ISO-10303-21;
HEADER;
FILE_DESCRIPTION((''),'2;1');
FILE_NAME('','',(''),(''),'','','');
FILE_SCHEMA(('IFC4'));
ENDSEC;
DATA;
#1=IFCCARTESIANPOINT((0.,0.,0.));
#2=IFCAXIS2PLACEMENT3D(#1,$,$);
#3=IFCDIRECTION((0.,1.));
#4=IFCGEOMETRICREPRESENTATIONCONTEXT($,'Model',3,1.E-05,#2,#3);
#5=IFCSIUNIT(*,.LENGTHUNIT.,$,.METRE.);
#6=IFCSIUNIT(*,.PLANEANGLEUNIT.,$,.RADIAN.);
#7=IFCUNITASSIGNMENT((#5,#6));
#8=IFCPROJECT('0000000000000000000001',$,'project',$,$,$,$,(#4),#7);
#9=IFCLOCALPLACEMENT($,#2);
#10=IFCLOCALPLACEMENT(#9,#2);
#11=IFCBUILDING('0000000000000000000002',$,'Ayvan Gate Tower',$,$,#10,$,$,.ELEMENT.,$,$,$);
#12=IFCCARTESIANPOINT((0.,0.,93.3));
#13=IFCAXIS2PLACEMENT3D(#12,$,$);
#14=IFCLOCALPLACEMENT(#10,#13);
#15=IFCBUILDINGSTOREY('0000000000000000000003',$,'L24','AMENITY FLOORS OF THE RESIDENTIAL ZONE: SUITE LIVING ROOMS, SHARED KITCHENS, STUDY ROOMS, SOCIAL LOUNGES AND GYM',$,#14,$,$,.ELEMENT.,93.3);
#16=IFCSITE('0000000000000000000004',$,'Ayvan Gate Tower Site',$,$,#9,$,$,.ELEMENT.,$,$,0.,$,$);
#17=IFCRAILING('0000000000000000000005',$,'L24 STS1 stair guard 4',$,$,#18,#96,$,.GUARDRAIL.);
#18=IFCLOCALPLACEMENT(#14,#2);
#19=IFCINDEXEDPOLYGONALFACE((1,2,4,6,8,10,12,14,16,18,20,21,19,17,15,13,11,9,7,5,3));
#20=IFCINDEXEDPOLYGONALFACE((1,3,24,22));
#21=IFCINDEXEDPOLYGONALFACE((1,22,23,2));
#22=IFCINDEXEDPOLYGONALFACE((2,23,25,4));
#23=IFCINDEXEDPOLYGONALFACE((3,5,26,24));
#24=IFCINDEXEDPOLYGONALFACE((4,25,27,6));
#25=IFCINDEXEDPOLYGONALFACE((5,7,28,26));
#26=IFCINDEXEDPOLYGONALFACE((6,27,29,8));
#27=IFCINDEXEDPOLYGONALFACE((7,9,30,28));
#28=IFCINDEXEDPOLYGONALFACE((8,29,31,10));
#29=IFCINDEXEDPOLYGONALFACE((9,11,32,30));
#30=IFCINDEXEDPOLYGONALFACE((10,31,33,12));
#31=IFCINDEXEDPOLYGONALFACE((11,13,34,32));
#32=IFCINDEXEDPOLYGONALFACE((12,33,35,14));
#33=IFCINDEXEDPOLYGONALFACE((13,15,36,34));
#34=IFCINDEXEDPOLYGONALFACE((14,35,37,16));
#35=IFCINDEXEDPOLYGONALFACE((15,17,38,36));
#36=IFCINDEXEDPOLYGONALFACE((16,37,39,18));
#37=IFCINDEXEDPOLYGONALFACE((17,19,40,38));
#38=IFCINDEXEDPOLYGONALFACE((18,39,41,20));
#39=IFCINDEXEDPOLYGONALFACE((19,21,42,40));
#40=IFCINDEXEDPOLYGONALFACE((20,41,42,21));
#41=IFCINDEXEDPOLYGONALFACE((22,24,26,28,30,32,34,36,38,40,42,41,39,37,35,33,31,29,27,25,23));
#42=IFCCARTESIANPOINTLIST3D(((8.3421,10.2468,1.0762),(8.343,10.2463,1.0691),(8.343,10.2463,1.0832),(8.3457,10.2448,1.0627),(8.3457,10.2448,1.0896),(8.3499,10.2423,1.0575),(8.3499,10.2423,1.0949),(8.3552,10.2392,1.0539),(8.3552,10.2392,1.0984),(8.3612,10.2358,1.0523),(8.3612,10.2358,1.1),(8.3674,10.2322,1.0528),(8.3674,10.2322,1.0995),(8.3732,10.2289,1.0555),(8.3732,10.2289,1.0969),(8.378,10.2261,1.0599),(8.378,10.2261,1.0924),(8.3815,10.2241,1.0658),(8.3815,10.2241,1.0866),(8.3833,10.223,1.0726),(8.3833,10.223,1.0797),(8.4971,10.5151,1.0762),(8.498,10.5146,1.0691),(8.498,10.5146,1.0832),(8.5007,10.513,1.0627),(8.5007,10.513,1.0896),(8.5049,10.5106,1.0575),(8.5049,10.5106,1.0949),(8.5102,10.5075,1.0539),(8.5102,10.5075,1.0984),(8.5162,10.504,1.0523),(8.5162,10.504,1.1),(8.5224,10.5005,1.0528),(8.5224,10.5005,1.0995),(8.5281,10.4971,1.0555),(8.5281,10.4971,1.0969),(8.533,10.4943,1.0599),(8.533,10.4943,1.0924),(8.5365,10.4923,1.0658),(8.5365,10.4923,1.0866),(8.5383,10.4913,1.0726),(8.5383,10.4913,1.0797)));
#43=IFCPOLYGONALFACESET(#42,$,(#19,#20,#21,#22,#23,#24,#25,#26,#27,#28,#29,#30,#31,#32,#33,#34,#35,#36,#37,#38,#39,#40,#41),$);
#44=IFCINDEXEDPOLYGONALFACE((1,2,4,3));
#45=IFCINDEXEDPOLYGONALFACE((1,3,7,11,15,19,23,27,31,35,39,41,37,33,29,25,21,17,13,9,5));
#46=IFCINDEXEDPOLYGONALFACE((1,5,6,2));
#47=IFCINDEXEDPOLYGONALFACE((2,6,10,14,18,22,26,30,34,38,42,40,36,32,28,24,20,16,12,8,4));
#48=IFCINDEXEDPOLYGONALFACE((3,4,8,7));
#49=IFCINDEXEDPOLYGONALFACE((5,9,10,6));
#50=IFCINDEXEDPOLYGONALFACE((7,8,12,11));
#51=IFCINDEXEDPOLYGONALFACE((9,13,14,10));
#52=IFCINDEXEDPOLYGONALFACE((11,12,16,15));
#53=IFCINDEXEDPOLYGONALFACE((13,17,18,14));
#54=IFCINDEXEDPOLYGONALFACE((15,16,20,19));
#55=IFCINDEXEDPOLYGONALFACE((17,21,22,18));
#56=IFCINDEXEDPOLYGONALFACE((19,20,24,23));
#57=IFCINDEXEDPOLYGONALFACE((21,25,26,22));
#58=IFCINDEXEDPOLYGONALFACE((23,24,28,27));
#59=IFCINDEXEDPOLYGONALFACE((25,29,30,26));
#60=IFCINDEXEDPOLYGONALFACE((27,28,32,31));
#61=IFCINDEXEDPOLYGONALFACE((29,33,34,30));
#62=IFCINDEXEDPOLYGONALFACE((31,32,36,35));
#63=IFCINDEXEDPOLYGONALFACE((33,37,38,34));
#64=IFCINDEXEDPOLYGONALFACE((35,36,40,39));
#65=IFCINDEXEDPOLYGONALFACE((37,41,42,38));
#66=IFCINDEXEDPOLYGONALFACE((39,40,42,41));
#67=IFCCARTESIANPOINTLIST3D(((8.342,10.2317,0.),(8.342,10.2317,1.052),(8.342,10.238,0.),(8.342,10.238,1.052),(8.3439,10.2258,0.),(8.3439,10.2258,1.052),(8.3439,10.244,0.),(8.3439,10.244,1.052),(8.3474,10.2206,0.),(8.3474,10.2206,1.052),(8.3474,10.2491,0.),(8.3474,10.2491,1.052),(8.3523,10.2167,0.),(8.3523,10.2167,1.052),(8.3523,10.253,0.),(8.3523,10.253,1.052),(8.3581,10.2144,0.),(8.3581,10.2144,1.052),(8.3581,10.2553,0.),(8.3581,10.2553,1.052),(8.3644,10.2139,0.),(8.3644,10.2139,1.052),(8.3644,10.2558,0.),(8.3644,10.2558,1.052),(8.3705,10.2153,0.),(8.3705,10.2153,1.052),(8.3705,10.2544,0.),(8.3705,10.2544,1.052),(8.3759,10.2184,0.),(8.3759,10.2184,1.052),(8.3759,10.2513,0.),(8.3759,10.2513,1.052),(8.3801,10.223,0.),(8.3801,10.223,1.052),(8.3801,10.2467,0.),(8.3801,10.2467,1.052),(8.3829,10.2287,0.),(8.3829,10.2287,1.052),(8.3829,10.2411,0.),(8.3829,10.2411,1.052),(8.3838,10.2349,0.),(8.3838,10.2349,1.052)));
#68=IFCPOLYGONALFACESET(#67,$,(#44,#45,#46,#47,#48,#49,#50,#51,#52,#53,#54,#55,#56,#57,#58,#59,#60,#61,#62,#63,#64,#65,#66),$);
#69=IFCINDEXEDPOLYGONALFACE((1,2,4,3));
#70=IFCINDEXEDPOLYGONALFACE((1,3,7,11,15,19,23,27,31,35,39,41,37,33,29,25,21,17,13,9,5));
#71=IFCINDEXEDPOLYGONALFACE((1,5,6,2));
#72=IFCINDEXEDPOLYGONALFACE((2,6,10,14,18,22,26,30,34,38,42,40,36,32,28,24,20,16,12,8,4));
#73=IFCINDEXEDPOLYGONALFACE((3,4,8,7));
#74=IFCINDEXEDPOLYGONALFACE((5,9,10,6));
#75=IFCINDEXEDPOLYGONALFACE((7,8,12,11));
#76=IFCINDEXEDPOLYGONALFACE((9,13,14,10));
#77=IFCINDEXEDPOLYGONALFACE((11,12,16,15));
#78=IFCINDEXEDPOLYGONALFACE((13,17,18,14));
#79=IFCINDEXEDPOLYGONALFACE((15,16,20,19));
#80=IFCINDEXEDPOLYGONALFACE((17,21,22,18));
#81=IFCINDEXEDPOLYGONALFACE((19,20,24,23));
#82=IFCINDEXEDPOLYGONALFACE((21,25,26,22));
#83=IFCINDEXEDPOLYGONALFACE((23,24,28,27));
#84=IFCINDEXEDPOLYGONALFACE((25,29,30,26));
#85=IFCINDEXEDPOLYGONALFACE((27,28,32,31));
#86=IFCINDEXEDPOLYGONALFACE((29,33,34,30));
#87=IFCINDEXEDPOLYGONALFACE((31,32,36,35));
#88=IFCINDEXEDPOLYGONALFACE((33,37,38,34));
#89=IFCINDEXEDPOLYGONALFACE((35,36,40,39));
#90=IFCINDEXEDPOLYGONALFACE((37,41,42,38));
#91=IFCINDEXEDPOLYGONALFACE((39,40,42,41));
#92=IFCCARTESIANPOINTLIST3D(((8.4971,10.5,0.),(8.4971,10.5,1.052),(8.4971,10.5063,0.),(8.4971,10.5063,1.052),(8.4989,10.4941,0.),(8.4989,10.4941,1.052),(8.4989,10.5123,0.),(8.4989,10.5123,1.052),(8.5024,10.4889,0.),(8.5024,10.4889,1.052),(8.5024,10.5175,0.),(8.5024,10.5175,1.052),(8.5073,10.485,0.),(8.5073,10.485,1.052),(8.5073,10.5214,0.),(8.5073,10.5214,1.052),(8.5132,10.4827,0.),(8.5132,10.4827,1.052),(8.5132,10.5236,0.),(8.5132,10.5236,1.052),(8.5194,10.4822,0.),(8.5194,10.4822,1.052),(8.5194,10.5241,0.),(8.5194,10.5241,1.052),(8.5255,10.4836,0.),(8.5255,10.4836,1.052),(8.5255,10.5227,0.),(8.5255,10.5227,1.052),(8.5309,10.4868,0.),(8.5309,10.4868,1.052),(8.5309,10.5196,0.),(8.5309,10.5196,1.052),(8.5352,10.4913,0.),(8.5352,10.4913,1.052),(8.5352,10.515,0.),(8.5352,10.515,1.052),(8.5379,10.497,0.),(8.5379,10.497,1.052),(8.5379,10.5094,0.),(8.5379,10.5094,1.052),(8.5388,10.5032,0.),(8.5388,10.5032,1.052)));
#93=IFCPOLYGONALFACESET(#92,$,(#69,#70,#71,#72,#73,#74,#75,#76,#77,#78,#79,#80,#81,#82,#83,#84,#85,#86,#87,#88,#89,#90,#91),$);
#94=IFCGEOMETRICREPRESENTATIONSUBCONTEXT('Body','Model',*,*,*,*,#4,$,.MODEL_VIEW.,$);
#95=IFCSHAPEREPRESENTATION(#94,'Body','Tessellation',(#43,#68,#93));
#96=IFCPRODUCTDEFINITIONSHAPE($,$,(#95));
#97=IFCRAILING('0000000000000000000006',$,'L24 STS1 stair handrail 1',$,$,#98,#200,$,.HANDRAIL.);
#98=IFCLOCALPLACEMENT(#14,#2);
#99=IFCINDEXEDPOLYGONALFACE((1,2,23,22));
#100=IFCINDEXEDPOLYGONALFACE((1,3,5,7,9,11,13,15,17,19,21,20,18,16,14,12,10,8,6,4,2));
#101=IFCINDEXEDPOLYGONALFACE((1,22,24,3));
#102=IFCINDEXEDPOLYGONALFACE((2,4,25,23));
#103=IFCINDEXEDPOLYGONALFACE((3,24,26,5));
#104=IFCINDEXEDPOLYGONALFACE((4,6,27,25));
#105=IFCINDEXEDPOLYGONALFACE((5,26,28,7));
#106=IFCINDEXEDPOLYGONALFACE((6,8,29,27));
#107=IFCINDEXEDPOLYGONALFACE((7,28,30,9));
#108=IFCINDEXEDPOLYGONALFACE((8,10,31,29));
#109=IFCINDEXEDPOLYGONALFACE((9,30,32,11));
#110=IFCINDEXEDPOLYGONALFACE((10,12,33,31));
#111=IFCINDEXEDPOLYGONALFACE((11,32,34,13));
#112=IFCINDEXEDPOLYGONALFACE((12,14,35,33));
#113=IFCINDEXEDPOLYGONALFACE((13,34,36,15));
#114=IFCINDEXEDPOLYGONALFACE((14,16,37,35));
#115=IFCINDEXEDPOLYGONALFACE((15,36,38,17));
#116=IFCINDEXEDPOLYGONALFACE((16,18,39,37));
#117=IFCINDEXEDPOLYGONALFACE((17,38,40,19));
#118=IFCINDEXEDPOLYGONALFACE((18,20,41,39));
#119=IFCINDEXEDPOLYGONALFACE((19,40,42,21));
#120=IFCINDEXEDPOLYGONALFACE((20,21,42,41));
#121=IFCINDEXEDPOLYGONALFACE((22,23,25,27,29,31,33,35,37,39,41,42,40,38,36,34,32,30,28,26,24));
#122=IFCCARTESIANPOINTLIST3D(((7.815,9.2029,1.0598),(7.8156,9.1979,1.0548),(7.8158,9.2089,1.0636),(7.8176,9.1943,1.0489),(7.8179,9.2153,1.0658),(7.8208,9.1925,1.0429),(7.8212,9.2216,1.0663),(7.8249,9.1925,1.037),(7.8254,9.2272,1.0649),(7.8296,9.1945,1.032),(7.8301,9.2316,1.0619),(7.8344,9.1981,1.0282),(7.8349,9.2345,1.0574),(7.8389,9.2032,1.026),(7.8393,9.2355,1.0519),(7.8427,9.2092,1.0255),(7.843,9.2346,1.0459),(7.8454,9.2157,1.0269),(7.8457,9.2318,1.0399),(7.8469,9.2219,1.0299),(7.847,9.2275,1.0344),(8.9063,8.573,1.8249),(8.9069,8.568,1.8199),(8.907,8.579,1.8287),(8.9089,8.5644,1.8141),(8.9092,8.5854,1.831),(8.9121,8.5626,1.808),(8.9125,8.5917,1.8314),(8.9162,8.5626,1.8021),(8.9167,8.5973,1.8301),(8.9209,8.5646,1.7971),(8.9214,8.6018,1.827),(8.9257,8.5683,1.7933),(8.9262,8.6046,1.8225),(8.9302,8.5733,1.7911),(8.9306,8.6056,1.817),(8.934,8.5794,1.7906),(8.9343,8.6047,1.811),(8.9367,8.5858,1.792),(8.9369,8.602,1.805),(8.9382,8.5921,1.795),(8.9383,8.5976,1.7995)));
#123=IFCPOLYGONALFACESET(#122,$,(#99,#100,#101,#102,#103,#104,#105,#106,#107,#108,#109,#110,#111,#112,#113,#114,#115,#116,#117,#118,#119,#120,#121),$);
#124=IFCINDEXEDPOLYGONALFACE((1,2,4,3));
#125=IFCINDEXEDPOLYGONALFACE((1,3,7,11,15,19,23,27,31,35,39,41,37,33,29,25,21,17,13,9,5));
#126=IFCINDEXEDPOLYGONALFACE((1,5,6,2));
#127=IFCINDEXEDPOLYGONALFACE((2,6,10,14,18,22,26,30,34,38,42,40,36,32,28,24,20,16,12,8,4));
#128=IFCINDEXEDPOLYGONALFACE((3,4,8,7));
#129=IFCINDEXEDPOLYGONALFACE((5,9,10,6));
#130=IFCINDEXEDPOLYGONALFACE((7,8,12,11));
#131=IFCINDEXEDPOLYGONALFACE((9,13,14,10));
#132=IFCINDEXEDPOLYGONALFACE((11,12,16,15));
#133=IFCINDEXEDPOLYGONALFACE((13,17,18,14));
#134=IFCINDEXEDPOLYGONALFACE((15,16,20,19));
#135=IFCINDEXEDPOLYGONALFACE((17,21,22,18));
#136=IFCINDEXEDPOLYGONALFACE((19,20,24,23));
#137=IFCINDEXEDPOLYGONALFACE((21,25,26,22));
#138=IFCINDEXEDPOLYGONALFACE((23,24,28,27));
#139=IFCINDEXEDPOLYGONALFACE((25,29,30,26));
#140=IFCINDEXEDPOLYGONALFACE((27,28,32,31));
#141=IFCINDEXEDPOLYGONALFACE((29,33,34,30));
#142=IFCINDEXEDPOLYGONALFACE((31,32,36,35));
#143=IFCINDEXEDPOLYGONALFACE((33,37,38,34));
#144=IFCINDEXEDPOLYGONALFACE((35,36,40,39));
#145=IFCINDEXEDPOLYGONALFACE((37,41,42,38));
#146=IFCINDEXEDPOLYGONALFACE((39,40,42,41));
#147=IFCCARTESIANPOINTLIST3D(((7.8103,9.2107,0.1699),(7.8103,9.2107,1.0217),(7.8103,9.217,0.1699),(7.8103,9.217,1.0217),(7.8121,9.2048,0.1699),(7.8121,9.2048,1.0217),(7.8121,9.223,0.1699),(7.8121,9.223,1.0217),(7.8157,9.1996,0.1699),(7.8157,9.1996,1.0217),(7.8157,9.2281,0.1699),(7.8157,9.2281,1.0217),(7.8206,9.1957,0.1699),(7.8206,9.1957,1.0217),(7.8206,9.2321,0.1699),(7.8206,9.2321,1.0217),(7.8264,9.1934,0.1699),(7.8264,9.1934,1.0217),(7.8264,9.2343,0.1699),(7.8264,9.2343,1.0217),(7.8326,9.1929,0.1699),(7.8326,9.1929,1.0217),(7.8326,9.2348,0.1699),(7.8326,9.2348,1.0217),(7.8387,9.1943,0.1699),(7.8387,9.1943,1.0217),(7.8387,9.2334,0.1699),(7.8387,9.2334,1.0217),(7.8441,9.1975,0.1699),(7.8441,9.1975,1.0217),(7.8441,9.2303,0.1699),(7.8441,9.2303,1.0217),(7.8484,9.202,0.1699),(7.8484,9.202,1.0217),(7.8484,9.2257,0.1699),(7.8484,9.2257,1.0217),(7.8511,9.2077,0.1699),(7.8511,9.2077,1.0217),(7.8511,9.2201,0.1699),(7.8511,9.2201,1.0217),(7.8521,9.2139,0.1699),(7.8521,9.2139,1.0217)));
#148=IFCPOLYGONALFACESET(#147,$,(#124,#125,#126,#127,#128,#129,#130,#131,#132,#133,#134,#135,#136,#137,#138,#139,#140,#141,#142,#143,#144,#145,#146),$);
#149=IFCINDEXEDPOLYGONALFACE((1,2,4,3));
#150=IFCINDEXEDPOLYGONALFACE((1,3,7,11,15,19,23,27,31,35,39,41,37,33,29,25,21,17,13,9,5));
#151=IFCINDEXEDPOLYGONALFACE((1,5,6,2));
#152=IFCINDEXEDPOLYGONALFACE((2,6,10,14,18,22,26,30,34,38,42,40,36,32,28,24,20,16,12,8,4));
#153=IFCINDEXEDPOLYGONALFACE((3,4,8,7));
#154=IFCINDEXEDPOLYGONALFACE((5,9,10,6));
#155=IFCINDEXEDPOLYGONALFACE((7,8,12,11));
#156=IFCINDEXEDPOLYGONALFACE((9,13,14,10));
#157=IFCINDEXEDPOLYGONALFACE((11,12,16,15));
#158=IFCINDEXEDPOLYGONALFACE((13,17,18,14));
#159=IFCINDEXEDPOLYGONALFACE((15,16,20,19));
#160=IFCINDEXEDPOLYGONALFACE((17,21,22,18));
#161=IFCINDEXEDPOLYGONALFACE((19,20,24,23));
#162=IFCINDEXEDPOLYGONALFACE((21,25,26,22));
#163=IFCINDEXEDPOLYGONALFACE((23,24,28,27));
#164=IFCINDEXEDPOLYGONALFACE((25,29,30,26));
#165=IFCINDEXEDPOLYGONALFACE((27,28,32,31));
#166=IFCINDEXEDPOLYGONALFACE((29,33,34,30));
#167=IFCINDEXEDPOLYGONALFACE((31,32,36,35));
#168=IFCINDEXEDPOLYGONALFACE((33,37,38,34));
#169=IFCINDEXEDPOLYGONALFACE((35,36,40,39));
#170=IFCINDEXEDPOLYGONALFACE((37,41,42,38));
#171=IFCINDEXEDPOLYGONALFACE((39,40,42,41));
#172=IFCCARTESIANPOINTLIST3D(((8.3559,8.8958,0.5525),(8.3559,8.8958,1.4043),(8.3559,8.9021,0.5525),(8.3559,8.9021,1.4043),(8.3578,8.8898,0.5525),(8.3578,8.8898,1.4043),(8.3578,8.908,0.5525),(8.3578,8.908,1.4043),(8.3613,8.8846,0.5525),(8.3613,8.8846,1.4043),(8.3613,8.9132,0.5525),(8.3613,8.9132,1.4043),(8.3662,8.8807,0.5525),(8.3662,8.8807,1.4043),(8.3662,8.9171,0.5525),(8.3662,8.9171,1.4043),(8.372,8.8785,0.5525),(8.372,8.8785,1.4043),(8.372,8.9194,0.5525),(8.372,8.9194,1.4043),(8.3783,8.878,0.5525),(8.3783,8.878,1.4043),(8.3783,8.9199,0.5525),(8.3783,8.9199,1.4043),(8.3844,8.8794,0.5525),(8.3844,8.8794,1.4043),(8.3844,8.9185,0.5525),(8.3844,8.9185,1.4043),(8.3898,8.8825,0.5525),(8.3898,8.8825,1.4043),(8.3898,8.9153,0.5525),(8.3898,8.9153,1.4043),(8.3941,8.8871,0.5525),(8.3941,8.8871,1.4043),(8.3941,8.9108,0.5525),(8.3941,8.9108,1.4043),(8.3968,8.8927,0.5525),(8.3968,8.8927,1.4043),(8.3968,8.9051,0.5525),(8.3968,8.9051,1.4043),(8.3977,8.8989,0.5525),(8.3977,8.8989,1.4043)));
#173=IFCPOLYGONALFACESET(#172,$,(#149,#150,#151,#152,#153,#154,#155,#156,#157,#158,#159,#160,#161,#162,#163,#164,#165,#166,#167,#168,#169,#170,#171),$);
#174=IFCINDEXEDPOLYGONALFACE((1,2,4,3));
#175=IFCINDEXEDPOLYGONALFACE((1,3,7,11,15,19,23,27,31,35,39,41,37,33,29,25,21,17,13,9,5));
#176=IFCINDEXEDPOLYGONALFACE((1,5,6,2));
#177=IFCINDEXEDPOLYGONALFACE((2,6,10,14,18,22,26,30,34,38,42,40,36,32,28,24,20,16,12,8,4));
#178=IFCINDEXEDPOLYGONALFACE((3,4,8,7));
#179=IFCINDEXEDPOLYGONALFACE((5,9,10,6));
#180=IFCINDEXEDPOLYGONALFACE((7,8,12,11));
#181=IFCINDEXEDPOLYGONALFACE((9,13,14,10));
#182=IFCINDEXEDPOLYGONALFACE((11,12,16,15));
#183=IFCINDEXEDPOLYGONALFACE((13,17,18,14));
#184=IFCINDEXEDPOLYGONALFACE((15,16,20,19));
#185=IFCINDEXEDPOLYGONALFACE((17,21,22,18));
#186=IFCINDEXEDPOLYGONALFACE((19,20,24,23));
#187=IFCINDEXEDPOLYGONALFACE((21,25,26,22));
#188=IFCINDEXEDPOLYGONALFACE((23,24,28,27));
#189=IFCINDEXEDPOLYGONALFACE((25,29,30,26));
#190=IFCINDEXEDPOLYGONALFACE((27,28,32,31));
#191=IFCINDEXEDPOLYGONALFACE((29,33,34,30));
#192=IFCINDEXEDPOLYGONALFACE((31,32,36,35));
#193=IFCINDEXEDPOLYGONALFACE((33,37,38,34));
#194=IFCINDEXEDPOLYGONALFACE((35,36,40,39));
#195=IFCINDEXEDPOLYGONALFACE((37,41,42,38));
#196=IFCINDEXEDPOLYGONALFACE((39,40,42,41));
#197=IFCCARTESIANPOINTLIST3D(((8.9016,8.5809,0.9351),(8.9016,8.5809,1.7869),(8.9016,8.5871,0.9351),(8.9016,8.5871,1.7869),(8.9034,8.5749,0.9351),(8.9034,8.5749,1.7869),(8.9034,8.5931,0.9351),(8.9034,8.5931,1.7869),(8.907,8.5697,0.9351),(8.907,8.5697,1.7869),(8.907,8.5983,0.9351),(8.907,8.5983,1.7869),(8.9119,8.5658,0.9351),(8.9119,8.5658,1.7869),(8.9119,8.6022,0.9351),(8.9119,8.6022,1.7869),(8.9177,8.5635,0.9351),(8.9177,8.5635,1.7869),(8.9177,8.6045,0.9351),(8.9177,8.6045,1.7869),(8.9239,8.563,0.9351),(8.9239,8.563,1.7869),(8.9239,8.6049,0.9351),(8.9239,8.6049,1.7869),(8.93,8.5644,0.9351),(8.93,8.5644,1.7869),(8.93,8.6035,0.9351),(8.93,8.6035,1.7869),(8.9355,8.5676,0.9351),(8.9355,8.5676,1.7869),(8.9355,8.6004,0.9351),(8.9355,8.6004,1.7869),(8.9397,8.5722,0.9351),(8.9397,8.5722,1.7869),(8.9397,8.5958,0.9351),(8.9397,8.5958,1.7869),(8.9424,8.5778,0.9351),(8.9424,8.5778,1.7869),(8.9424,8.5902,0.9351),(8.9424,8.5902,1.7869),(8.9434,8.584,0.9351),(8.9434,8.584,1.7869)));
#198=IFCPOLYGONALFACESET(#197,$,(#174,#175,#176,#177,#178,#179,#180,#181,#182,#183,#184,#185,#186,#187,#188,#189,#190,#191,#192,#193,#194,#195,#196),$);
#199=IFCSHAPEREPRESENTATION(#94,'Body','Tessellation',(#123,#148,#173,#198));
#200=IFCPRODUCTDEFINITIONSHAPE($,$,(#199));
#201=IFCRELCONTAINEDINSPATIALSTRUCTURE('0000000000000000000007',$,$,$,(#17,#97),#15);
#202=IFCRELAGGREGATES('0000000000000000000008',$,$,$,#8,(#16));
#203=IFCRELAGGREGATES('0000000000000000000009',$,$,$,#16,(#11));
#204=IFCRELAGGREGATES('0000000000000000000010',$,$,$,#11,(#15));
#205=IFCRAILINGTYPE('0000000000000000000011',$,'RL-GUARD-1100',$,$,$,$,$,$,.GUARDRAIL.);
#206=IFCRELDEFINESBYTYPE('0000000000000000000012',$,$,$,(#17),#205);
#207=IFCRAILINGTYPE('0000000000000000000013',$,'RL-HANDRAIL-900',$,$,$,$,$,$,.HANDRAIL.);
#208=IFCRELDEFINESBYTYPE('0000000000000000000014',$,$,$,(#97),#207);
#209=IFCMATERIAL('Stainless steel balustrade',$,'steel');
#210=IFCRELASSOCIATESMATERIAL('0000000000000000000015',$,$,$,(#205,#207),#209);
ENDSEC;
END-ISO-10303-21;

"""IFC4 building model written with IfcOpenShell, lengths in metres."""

from ifc_helpers import new_model, si_unit, direction, frame, origin, origin_2d, place, context, subcontext, project, spatial, circle, extrude, material, type_object, element, save


model = new_model("IFC4")

# Units and contexts
model_context = context("Model", 3, precision=1e-05, world=origin(), true_north=direction((0.0, 1.0)))
body_context = subcontext(model_context, "Body", "Model", "MODEL_VIEW")
ifc_project = project(units=[si_unit("LENGTHUNIT", "METRE"), si_unit("PLANEANGLEUNIT", "RADIAN")], contexts=[model_context])

# Site, building, storey
site_placement = place(None, origin())
site = spatial("IfcSite", under=ifc_project, at=site_placement, Name="Ayvan Gate Tower Site", CompositionType="ELEMENT", RefElevation=0.0)
building_placement = place(site_placement, origin())
building = spatial("IfcBuilding", under=site, at=building_placement, Name="Ayvan Gate Tower", CompositionType="ELEMENT")
storey_placement = place(building_placement, frame((0.0, 0.0, 93.3)))
storey = spatial("IfcBuildingStorey", under=building, at=storey_placement, Name="L24", Description="AMENITY FLOORS OF THE RESIDENTIAL ZONE: SUITE LIVING ROOMS, SHARED KITCHENS, STUDY ROOMS, SOCIAL LOUNGES AND GYM", CompositionType="ELEMENT", Elevation=93.3)

# Railings
ifc_material_1 = material(Name="Stainless steel balustrade", Category="steel")
railing_type_1 = type_object("IfcRailingType", Name="RL-GUARD-1100", PredefinedType="GUARDRAIL", material=ifc_material_1)
railing_1_placement = place(storey_placement, frame((8.3628, 10.2349, 0.0)))
element("IfcRailing", 1, at=railing_1_placement, inside=storey, type_object=railing_type_1, Name="L24 STS1 stair guard 4", PredefinedType="GUARDRAIL", context=body_context, shape_type="SweptSolid", body=[
    extrude(circle(Radius=0.0239, at=origin_2d()), frame((0.0, 0.0, 1.0762), z_axis=(0.500291, 0.865857, 0.0), x_axis=(-0.865857, 0.500291, 0.0)), (0.0, 0.0, 1.0), 0.3098),
    extrude(circle(Radius=0.021, at=origin_2d()), origin(), (0.0, 0.0, 1.0), 1.052),
    extrude(circle(Radius=0.021, at=origin_2d()), frame((0.155, 0.2683, 0.0)), (0.0, 0.0, 1.0), 1.052),
])
railing_type_2 = type_object("IfcRailingType", Name="RL-HANDRAIL-900", PredefinedType="HANDRAIL", material=ifc_material_1)
railing_2_placement = place(storey_placement, frame((7.8311, 9.2139, 0.1699)))
element("IfcRailing", 2, at=railing_2_placement, inside=storey, type_object=railing_type_2, Name="L24 STS1 stair handrail 1", PredefinedType="HANDRAIL", context=body_context, shape_type="SweptSolid", body=[
    extrude(circle(Radius=0.0239, at=origin_2d()), frame((0.0, 0.0, 0.876), z_axis=(0.740293, -0.427283, 0.519033), x_axis=(0.49989, 0.866089, 0.0)), (0.0, 0.0, 1.0), 1.4741),
    extrude(circle(Radius=0.021, at=origin_2d()), origin(), (0.0, 0.0, 1.0), 0.8518),
    extrude(circle(Radius=0.021, at=origin_2d()), frame((0.5457, -0.3149, 0.3826)), (0.0, 0.0, 1.0), 0.8518),
    extrude(circle(Radius=0.021, at=origin_2d()), frame((1.0913, -0.6299, 0.7651)), (0.0, 0.0, 1.0), 0.8518),
])

save(model, "model.ifc")
